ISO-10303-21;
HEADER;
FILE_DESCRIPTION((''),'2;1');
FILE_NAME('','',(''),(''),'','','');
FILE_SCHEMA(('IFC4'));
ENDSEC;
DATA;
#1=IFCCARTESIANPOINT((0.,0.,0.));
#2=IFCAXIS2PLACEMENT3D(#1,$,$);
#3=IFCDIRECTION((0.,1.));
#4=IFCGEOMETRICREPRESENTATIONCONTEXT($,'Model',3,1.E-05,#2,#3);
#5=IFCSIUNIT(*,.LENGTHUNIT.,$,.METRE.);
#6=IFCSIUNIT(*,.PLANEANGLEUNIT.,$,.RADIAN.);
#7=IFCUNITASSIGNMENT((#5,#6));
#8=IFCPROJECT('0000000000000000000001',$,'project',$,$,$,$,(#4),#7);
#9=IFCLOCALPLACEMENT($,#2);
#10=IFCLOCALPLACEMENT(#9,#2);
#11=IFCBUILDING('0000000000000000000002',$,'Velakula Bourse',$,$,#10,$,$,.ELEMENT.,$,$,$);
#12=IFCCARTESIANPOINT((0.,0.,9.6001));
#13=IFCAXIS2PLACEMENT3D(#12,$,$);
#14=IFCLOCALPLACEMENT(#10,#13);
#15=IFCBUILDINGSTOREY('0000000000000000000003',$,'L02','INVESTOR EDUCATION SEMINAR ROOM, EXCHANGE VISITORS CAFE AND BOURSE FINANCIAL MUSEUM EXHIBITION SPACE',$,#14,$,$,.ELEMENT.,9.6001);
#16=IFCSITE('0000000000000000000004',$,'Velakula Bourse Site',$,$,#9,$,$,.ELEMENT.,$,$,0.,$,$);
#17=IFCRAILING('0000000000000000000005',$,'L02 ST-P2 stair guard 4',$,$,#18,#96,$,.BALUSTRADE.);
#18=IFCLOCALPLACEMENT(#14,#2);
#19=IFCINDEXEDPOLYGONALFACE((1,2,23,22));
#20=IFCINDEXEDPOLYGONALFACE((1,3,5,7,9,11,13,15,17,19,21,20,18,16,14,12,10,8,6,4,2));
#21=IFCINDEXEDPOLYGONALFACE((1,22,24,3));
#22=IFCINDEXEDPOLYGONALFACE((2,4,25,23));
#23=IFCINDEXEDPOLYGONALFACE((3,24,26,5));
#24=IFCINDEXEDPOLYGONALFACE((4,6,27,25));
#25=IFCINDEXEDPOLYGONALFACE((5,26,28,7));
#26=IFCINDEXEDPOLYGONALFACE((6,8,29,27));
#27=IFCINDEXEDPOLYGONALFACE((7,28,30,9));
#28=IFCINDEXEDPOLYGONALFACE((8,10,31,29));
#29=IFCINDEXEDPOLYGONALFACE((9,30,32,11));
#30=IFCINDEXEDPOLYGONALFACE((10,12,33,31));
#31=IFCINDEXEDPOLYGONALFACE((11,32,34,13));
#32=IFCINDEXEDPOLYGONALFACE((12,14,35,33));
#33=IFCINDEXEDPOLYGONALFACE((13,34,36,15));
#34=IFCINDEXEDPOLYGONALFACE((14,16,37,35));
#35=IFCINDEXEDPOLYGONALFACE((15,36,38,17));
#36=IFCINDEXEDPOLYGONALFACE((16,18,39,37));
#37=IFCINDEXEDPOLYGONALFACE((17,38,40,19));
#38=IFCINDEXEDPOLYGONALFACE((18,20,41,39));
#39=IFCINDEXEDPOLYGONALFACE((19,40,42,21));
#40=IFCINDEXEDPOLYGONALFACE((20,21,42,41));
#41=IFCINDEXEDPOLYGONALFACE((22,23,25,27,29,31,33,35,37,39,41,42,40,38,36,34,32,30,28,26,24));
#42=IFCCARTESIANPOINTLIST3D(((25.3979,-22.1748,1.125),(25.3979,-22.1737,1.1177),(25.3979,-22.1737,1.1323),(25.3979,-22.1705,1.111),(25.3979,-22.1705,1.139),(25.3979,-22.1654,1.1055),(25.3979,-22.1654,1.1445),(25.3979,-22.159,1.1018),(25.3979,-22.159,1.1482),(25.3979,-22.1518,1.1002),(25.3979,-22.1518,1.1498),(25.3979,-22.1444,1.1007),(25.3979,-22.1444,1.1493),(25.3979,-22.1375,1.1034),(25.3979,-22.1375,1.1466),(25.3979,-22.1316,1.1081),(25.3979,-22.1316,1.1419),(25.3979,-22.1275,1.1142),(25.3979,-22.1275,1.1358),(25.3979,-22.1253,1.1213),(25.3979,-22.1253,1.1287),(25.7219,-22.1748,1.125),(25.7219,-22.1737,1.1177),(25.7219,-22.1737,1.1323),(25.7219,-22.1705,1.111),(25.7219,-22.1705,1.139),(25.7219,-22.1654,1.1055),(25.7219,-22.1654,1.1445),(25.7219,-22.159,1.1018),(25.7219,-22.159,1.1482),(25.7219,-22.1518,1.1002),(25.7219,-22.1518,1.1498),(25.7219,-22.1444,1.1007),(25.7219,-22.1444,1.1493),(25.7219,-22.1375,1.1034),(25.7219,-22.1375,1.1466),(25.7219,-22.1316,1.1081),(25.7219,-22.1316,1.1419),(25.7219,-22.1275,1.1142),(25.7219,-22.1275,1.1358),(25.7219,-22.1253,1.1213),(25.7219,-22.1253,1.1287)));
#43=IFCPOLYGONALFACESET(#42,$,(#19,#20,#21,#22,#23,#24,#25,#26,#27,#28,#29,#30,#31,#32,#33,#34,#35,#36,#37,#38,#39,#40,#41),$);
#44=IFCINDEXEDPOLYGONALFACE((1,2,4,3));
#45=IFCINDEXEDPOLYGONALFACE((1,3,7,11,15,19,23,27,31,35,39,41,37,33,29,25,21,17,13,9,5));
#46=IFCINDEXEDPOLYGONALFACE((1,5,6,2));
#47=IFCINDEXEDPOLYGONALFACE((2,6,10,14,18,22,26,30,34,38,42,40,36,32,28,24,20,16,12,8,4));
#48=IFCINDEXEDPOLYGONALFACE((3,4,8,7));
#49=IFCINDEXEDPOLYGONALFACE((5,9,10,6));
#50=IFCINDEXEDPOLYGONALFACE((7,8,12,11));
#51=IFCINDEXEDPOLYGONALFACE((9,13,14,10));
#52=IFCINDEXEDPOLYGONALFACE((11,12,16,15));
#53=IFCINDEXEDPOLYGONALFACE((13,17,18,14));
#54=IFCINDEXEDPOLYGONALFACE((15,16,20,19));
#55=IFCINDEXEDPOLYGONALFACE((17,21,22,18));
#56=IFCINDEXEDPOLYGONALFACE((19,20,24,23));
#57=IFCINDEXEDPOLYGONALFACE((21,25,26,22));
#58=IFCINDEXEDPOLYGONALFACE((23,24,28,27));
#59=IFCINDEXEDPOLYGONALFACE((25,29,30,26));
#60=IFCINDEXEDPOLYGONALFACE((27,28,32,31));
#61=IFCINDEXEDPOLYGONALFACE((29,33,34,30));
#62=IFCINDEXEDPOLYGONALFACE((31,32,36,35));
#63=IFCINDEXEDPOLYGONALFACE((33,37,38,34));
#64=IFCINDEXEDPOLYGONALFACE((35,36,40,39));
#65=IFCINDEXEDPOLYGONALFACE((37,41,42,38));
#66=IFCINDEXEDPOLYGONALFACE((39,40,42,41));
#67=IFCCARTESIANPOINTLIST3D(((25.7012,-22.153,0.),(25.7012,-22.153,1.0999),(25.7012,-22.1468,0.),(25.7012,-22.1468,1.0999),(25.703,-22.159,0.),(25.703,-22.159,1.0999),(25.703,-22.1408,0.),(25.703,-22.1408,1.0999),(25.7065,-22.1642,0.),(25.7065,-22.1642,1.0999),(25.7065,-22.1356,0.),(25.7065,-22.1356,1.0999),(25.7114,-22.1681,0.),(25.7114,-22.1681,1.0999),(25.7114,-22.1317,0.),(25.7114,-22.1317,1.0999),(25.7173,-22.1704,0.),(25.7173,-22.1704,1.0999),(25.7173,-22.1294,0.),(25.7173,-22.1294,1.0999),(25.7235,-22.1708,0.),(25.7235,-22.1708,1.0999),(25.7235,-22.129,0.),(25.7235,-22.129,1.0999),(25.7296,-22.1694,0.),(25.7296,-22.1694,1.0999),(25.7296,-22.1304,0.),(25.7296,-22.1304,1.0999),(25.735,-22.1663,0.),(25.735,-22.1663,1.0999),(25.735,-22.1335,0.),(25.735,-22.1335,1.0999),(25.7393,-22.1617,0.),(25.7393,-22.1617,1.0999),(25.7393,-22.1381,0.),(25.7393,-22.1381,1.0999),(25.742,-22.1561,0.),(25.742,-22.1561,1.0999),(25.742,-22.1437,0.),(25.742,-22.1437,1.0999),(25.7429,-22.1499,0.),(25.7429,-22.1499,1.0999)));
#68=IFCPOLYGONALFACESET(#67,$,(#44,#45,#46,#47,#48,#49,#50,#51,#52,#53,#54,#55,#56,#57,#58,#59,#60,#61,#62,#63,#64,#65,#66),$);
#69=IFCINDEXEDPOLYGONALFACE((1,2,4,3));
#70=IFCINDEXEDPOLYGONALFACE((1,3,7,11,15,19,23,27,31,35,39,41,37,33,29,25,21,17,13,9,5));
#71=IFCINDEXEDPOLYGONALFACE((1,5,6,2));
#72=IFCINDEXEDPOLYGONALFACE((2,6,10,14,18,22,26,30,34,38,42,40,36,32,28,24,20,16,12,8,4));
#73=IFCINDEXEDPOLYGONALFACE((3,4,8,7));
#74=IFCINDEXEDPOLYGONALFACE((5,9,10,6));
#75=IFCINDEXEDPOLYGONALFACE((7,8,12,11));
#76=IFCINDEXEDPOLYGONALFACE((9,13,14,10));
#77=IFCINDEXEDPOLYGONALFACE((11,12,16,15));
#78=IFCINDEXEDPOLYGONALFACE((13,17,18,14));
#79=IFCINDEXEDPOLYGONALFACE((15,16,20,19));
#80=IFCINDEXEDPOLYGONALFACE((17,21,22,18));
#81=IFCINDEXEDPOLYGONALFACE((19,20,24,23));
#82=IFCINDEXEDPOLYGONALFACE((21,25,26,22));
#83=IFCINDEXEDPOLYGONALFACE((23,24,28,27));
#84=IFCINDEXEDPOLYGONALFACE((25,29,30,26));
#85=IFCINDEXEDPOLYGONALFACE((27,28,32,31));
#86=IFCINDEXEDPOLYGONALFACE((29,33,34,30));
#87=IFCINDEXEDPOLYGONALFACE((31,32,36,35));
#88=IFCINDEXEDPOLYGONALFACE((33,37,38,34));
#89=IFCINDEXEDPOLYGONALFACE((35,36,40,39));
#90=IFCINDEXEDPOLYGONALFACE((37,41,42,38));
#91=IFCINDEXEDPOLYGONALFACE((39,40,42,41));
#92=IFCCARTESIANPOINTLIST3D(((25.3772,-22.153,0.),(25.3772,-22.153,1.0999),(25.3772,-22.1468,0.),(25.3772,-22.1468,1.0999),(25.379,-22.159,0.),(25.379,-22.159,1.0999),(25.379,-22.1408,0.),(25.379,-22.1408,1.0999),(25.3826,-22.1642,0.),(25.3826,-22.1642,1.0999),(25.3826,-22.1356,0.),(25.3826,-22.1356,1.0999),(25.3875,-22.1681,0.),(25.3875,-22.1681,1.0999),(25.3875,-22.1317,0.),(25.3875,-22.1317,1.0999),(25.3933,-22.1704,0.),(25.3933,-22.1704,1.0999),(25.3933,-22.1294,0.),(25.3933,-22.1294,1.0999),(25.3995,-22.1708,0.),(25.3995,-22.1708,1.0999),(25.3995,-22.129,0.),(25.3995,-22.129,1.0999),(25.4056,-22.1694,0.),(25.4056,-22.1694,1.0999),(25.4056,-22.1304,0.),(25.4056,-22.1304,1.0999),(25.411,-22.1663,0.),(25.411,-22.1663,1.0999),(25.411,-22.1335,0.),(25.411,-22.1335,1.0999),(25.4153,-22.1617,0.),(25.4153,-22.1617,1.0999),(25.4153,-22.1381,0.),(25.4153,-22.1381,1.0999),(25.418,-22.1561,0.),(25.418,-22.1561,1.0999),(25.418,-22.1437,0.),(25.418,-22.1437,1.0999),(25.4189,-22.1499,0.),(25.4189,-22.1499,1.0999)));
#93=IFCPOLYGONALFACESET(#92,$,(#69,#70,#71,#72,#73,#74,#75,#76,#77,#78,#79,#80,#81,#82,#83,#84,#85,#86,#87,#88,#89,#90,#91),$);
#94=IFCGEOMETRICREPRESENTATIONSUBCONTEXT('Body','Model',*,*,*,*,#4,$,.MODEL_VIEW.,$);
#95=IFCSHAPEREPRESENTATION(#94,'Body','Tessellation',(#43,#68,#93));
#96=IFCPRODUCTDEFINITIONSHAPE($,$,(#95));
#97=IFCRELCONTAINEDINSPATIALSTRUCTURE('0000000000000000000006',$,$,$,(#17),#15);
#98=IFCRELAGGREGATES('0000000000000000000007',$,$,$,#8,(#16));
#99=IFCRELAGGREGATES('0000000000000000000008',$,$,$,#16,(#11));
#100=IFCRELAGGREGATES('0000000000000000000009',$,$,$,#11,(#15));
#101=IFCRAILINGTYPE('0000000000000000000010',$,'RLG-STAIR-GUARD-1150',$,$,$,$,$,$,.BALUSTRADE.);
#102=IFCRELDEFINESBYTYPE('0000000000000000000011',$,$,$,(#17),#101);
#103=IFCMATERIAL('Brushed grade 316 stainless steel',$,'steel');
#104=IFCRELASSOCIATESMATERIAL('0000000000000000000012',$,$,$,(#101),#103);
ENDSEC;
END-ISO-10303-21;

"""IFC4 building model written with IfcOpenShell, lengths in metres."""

from ifc_helpers import new_model, si_unit, direction, frame, origin, origin_2d, place, context, subcontext, project, spatial, circle, extrude, material, type_object, element, save


model = new_model("IFC4")

# Units and contexts
model_context = context("Model", 3, precision=1e-05, world=origin(), true_north=direction((0.0, 1.0)))
body_context = subcontext(model_context, "Body", "Model", "MODEL_VIEW")
ifc_project = project(units=[si_unit("LENGTHUNIT", "METRE"), si_unit("PLANEANGLEUNIT", "RADIAN")], contexts=[model_context])

# Site, building, storey
site_placement = place(None, origin())
site = spatial("IfcSite", under=ifc_project, at=site_placement, Name="Velakula Bourse Site", CompositionType="ELEMENT", RefElevation=0.0)
building_placement = place(site_placement, origin())
building = spatial("IfcBuilding", under=site, at=building_placement, Name="Velakula Bourse", CompositionType="ELEMENT")
storey_placement = place(building_placement, frame((0.0, 0.0, 9.6001)))
storey = spatial("IfcBuildingStorey", under=building, at=storey_placement, Name="L02", Description="INVESTOR EDUCATION SEMINAR ROOM, EXCHANGE VISITORS CAFE AND BOURSE FINANCIAL MUSEUM EXHIBITION SPACE", CompositionType="ELEMENT", Elevation=9.6001)

# Railing
ifc_material_1 = material(Name="Brushed grade 316 stainless steel", Category="steel")
railing_type_1 = type_object("IfcRailingType", Name="RLG-STAIR-GUARD-1150", PredefinedType="BALUSTRADE", material=ifc_material_1)
railing_1_placement = place(storey_placement, frame((25.7219, -22.1499, 0.0)))
element("IfcRailing", 1, at=railing_1_placement, inside=storey, type_object=railing_type_1, Name="L02 ST-P2 stair guard 4", PredefinedType="BALUSTRADE", context=body_context, shape_type="SweptSolid", body=[
    extrude(circle(Radius=0.0249, at=origin_2d()), frame((0.0, 0.0, 1.125), z_axis=(-1.0, 0.0, 0.0), x_axis=(0.0, -1.0, 0.0)), (0.0, 0.0, 1.0), 0.324),
    extrude(circle(Radius=0.021, at=origin_2d()), origin(), (0.0, 0.0, 1.0), 1.0999),
    extrude(circle(Radius=0.021, at=origin_2d()), frame((-0.324, 0.0, 0.0)), (0.0, 0.0, 1.0), 1.0999),
])

save(model, "model.ifc")
